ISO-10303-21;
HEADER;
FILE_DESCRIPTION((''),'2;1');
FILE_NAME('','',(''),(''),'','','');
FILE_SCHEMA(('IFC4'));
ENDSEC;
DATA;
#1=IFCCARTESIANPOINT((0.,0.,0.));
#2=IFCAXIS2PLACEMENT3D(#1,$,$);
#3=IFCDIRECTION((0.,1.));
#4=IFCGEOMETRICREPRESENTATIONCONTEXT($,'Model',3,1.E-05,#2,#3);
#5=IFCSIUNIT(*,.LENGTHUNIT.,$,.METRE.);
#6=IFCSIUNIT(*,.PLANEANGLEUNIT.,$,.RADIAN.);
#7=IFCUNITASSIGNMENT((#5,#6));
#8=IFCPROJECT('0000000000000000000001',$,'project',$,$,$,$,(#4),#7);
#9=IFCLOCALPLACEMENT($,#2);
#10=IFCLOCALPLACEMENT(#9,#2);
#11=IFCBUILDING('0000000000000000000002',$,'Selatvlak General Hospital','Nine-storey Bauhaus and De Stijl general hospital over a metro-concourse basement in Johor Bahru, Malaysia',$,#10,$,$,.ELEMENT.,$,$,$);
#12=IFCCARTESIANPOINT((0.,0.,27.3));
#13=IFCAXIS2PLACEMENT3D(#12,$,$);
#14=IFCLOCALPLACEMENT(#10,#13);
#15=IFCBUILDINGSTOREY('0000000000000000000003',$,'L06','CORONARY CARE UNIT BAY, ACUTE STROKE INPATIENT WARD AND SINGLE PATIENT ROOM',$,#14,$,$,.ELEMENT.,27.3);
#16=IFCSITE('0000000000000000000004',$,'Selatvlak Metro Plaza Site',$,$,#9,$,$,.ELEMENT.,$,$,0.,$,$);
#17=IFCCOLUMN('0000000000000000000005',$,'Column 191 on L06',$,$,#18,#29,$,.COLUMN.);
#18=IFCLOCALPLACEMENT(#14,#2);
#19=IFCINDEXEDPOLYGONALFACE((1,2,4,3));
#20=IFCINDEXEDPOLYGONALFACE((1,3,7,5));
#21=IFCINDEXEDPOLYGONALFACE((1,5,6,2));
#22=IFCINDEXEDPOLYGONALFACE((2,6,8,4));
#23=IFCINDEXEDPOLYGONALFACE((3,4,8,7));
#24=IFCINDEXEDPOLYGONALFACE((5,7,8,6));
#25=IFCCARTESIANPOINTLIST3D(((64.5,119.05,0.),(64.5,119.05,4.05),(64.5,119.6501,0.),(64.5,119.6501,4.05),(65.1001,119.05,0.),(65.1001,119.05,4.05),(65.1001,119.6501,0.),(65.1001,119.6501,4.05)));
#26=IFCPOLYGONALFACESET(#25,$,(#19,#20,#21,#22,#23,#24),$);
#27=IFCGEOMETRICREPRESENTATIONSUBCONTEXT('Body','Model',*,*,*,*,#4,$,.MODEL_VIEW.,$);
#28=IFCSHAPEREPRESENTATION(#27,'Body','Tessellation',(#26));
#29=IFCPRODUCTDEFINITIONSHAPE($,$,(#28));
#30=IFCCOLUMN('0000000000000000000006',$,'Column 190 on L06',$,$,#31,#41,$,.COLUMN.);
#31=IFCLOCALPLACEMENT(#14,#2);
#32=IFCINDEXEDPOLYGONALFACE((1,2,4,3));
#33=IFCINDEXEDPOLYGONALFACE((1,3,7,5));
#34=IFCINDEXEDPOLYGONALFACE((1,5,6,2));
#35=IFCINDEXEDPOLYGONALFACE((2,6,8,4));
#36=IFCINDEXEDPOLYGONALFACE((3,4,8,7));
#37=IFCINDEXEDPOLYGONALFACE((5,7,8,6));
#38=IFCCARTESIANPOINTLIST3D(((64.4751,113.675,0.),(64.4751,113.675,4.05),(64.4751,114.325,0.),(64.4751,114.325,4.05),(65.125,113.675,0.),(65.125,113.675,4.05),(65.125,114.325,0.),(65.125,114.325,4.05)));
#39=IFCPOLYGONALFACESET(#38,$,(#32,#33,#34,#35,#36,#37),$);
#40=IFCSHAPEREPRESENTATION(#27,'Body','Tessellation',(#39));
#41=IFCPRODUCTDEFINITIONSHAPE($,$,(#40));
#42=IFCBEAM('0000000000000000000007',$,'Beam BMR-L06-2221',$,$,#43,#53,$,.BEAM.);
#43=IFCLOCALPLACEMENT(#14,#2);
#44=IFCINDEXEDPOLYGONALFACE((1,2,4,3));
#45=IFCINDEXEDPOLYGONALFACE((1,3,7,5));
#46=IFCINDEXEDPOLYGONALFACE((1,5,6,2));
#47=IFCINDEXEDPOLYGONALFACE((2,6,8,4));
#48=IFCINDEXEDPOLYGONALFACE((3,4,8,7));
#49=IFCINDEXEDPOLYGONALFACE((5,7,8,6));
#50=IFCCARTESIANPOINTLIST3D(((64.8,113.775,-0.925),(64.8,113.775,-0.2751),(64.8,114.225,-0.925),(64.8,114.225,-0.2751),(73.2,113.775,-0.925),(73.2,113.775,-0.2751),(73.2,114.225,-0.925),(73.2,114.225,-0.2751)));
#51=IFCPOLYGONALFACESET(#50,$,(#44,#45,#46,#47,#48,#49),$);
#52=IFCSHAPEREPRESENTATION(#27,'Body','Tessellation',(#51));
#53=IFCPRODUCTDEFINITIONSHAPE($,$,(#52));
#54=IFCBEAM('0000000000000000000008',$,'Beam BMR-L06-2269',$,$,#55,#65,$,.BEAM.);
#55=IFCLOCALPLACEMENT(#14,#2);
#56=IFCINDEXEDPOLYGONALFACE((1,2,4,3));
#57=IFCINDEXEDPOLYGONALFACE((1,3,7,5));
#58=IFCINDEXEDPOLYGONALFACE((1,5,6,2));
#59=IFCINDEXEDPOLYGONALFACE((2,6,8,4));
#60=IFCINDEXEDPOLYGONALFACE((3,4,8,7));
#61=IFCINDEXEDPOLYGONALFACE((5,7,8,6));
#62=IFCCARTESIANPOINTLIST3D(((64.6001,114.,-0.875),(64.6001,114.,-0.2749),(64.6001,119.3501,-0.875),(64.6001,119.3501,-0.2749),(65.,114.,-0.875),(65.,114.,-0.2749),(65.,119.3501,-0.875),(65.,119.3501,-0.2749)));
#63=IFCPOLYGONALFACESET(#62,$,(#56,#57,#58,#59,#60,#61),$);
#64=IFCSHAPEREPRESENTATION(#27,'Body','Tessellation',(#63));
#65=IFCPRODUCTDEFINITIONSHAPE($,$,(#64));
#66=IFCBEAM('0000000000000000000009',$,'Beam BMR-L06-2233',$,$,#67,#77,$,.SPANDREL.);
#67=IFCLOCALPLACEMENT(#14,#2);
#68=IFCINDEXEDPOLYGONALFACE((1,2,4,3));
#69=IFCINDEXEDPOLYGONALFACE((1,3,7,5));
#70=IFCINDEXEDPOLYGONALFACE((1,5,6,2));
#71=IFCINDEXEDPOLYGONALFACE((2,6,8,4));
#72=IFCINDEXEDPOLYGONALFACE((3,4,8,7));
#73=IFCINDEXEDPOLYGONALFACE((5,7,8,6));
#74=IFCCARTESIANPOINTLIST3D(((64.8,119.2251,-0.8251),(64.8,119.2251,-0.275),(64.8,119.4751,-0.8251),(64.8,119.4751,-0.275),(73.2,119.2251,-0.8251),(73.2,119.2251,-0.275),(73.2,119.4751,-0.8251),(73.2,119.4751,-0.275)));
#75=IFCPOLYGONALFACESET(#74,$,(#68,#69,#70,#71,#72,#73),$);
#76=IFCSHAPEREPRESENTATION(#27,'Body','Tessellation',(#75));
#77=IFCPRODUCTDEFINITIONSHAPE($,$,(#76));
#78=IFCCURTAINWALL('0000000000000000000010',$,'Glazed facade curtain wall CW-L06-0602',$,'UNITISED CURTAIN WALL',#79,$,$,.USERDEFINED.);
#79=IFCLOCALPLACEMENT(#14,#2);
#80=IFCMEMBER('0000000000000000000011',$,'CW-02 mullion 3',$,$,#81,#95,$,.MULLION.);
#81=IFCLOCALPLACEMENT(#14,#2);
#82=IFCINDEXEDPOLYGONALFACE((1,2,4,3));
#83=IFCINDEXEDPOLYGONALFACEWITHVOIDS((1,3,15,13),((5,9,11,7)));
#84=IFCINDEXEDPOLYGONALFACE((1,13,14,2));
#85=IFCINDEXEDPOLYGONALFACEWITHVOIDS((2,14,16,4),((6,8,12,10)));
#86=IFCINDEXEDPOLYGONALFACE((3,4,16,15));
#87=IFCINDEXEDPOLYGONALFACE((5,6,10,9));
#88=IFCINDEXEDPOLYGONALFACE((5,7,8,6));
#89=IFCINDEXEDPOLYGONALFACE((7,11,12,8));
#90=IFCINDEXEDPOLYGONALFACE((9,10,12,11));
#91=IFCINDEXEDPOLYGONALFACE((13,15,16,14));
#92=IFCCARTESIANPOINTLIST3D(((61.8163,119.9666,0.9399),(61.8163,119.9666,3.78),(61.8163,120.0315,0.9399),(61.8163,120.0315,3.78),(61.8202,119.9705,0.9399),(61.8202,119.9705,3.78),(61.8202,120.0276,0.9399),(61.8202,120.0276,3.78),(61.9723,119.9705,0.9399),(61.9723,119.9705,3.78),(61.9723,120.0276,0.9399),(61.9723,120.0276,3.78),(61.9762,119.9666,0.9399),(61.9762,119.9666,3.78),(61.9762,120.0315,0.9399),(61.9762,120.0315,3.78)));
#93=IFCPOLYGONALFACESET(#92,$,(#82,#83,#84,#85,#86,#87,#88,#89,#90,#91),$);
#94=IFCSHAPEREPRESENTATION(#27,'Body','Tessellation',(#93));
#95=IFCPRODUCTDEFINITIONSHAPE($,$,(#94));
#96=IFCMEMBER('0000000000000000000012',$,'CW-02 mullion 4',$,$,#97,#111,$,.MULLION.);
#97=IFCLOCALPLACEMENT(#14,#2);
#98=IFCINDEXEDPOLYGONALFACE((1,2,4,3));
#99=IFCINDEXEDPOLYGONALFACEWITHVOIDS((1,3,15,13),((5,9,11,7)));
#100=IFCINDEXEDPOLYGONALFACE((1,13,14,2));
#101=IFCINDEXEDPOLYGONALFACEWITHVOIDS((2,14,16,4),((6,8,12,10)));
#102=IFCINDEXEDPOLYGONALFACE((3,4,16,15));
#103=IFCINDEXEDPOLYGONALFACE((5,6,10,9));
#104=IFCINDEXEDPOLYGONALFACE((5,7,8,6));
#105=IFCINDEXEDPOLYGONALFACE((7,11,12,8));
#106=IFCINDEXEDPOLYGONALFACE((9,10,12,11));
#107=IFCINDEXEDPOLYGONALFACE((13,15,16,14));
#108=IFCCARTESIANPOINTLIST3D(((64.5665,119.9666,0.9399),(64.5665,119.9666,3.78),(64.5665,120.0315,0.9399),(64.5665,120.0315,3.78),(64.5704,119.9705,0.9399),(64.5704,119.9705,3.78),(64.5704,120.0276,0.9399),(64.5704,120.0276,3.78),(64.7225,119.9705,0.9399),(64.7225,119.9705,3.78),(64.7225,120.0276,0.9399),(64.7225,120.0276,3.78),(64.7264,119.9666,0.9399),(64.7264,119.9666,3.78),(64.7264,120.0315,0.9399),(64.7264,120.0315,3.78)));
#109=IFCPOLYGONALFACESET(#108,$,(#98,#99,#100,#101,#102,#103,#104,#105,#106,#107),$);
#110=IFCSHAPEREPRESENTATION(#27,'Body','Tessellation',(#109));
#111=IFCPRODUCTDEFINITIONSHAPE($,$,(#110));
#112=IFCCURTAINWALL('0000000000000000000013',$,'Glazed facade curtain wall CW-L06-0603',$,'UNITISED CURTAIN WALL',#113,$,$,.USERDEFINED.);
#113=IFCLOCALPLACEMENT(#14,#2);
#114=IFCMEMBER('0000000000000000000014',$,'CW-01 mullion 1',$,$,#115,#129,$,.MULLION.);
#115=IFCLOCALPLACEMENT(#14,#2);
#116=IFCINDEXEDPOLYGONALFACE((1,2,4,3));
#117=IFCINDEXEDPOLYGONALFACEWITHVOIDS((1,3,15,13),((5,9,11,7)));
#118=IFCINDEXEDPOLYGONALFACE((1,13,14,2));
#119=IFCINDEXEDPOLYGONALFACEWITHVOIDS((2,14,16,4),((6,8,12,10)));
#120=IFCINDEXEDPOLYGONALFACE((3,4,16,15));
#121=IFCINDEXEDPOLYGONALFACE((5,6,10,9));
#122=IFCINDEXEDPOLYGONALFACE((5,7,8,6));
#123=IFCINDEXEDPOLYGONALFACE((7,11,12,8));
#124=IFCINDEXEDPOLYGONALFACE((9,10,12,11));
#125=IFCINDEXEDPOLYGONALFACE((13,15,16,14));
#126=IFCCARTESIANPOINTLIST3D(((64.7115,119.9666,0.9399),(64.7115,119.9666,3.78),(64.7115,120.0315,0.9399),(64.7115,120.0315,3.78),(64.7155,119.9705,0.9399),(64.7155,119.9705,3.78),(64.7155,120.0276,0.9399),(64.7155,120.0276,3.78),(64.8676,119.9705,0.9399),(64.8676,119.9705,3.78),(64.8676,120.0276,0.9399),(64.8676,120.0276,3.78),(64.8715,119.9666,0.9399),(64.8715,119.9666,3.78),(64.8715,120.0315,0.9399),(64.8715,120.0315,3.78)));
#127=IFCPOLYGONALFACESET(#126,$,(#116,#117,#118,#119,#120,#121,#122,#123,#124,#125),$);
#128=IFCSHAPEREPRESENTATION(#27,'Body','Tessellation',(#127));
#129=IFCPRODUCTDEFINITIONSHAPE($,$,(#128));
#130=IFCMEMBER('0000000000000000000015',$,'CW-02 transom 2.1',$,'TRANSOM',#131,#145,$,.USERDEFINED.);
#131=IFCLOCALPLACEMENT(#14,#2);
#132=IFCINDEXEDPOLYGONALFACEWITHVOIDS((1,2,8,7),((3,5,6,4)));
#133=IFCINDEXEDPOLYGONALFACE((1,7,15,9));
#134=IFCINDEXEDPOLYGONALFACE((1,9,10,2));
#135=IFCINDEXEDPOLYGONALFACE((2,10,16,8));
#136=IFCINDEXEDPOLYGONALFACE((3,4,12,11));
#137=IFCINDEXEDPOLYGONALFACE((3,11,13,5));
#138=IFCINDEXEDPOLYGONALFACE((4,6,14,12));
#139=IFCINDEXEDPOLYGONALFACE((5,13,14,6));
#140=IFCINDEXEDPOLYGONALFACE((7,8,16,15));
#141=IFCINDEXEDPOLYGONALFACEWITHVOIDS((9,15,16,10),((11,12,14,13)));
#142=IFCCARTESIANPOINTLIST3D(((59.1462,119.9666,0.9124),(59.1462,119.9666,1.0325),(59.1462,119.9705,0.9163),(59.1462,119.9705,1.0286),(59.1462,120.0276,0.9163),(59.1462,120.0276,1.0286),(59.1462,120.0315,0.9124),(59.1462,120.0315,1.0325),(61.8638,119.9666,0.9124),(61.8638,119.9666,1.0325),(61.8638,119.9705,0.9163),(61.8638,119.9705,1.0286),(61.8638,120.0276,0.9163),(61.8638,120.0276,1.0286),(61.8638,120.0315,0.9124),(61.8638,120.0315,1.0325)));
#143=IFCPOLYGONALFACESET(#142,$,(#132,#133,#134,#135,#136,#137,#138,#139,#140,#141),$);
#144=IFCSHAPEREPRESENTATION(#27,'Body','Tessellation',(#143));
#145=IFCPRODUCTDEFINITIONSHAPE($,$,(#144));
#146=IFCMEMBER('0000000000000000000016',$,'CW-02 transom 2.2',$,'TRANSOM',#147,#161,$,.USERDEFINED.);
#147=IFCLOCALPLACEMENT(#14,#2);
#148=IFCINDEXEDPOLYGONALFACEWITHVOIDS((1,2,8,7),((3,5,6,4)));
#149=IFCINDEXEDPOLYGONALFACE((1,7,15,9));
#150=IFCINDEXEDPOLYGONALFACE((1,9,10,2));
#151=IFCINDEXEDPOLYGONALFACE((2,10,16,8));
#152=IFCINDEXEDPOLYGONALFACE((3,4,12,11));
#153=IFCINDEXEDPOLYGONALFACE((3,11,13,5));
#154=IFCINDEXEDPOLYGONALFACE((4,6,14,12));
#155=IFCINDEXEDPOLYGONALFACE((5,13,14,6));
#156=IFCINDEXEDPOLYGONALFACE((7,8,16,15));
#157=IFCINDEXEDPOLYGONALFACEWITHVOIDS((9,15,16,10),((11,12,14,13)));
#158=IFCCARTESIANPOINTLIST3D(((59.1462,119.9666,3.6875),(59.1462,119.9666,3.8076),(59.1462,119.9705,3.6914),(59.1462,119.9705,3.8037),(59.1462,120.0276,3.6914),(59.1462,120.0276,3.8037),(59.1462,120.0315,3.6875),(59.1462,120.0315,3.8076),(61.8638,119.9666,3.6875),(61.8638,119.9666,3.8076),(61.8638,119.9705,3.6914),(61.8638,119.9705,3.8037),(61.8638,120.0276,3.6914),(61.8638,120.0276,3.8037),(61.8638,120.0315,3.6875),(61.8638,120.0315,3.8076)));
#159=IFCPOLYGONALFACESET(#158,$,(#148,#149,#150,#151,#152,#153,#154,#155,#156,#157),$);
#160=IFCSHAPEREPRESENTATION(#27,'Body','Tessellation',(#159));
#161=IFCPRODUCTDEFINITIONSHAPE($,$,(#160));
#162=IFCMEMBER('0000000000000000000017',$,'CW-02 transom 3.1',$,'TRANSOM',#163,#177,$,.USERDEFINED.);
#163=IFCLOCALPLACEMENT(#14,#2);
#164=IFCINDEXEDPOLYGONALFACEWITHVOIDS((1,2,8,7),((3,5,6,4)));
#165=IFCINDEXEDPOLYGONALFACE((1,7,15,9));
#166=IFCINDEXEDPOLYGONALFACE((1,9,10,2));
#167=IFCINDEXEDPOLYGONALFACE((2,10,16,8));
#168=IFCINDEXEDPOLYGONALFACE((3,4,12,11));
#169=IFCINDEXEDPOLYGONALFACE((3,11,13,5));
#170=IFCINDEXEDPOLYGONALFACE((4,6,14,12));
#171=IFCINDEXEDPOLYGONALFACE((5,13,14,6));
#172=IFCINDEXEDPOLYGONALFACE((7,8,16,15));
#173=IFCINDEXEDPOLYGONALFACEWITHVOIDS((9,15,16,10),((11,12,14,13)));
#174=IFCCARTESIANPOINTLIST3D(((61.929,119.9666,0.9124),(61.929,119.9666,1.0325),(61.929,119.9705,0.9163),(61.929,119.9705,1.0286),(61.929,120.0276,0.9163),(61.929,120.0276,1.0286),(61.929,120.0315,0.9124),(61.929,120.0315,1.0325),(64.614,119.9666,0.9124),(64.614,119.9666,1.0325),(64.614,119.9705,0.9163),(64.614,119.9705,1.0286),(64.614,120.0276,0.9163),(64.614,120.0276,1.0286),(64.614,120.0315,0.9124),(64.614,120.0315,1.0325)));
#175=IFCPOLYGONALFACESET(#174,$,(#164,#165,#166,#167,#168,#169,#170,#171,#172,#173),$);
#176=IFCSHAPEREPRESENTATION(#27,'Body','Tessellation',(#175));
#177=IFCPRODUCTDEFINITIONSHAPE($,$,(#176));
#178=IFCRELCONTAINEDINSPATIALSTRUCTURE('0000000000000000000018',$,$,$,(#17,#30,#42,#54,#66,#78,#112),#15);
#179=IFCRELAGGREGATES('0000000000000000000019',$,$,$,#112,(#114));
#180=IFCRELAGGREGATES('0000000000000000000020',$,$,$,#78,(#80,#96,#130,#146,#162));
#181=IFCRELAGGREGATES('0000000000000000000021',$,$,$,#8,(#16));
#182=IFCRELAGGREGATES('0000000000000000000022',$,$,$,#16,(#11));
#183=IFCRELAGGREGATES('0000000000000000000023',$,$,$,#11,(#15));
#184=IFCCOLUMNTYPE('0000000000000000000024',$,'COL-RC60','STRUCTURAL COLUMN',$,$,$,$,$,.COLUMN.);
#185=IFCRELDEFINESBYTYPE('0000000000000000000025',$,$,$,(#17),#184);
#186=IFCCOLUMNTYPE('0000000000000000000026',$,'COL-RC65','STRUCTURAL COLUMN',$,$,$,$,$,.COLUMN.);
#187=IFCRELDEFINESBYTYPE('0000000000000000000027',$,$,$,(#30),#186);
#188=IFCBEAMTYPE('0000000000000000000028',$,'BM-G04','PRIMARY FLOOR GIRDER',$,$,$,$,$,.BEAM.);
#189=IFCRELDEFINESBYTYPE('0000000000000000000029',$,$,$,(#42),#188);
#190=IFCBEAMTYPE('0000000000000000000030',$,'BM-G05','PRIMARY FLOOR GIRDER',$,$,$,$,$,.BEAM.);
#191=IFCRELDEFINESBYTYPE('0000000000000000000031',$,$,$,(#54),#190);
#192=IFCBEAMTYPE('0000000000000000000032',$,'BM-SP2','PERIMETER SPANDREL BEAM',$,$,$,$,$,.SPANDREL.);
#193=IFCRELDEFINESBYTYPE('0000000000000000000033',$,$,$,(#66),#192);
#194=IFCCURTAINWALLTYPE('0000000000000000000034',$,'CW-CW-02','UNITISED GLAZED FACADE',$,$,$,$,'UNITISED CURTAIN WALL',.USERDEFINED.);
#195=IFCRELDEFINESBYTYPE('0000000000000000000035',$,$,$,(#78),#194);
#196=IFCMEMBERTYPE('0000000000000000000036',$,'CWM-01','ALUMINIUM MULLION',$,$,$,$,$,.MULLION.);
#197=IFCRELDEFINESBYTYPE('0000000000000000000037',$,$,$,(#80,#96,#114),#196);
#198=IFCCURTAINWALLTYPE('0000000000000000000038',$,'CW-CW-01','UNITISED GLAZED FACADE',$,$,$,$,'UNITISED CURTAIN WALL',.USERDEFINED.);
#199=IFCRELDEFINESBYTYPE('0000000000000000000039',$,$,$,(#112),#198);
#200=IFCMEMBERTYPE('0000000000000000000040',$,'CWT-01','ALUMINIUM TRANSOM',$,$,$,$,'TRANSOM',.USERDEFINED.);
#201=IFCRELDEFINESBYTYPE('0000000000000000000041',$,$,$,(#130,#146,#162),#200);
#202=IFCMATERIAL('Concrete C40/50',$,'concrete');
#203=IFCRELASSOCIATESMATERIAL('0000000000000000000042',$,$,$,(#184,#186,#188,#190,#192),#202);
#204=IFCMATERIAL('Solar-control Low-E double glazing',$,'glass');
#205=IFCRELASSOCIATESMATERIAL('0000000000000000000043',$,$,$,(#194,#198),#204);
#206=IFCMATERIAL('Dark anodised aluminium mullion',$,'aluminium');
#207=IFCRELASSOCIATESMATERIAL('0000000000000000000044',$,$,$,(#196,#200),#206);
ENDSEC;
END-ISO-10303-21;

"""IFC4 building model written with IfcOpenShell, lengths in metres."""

from ifc_helpers import new_model, si_unit, direction, frame, origin, origin_2d, place, context, subcontext, project, spatial, rectangle, hollow_rectangle, extrude, material, material_profile, profile_set, type_object, element, aggregate, save


model = new_model("IFC4")

# Units and contexts
model_context = context("Model", 3, precision=1e-05, world=origin(), true_north=direction((0.0, 1.0)))
body_context = subcontext(model_context, "Body", "Model", "MODEL_VIEW")
ifc_project = project(units=[si_unit("LENGTHUNIT", "METRE"), si_unit("PLANEANGLEUNIT", "RADIAN")], contexts=[model_context])

# Site, building, storey
site_placement = place(None, origin())
site = spatial("IfcSite", under=ifc_project, at=site_placement, Name="Selatvlak Metro Plaza Site", CompositionType="ELEMENT", RefElevation=0.0)
building_placement = place(site_placement, origin())
building = spatial("IfcBuilding", under=site, at=building_placement, Name="Selatvlak General Hospital", Description="Nine-storey Bauhaus and De Stijl general hospital over a metro-concourse basement in Johor Bahru, Malaysia", CompositionType="ELEMENT")
storey_placement = place(building_placement, frame((0.0, 0.0, 27.3)))
storey = spatial("IfcBuildingStorey", under=building, at=storey_placement, Name="L06", Description="CORONARY CARE UNIT BAY, ACUTE STROKE INPATIENT WARD AND SINGLE PATIENT ROOM", CompositionType="ELEMENT", Elevation=27.3)

# Columns
ifc_material_1 = material(Name="Concrete C40/50", Category="concrete")
ifc_material_profile_1 = material_profile(ifc_material_1, rectangle(XDim=0.6001, YDim=0.6001, at=origin_2d()), Name="RC-COL 600x600")
ifc_profile_set_1 = profile_set([ifc_material_profile_1], Name="Concrete C40/50")
column_type_1 = type_object("IfcColumnType", Name="COL-RC60", Description="STRUCTURAL COLUMN", PredefinedType="COLUMN", material=ifc_profile_set_1)
column_1_placement = place(storey_placement, frame((64.8, 119.3501, 0.0), z_axis=(0.0, 0.0, 1.0), x_axis=(1.0, 0.0, 0.0)))
element("IfcColumn", 1, at=column_1_placement, inside=storey, type_object=column_type_1, Name="Column 191 on L06", PredefinedType="COLUMN", context=body_context, shape_type="SweptSolid", body=[
    extrude(rectangle(XDim=0.6001, YDim=0.6001, at=origin_2d()), origin(), (0.0, 0.0, 1.0), 4.05),
])
ifc_material_profile_2 = material_profile(ifc_material_1, rectangle(XDim=0.6499, YDim=0.6499, at=origin_2d()), Name="RC-COL 650x650")
ifc_profile_set_2 = profile_set([ifc_material_profile_2], Name="Concrete C40/50")
column_type_2 = type_object("IfcColumnType", Name="COL-RC65", Description="STRUCTURAL COLUMN", PredefinedType="COLUMN", material=ifc_profile_set_2)
column_2_placement = place(storey_placement, frame((64.8, 114.0, 0.0), z_axis=(0.0, 0.0, 1.0), x_axis=(1.0, 0.0, 0.0)))
element("IfcColumn", 2, at=column_2_placement, inside=storey, type_object=column_type_2, Name="Column 190 on L06", PredefinedType="COLUMN", context=body_context, shape_type="SweptSolid", body=[
    extrude(rectangle(XDim=0.6499, YDim=0.6499, at=origin_2d()), origin(), (0.0, 0.0, 1.0), 4.05),
])

# Beams
ifc_material_profile_3 = material_profile(ifc_material_1, rectangle(XDim=0.45, YDim=0.6499, at=origin_2d()), Name="RC-BM 450x650")
ifc_profile_set_3 = profile_set([ifc_material_profile_3], Name="Concrete C40/50")
beam_type_1 = type_object("IfcBeamType", Name="BM-G04", Description="PRIMARY FLOOR GIRDER", PredefinedType="BEAM", material=ifc_profile_set_3)
beam_1_placement = place(storey_placement, frame((64.8, 114.0, -0.6001), z_axis=(1.0, 0.0, 0.0), x_axis=(0.0, 1.0, 0.0)))
element("IfcBeam", 3, at=beam_1_placement, inside=storey, type_object=beam_type_1, Name="Beam BMR-L06-2221", PredefinedType="BEAM", context=body_context, shape_type="SweptSolid", body=[
    extrude(rectangle(XDim=0.45, YDim=0.6499, at=origin_2d()), origin(), (0.0, 0.0, 1.0), 8.3999),
])
ifc_material_profile_4 = material_profile(ifc_material_1, rectangle(XDim=0.3999, YDim=0.6001, at=origin_2d()), Name="RC-BM 400x600")
ifc_profile_set_4 = profile_set([ifc_material_profile_4], Name="Concrete C40/50")
beam_type_2 = type_object("IfcBeamType", Name="BM-G05", Description="PRIMARY FLOOR GIRDER", PredefinedType="BEAM", material=ifc_profile_set_4)
beam_2_placement = place(storey_placement, frame((64.8, 114.0, -0.575), z_axis=(0.0, 1.0, 0.0), x_axis=(-1.0, 0.0, 0.0)))
element("IfcBeam", 4, at=beam_2_placement, inside=storey, type_object=beam_type_2, Name="Beam BMR-L06-2269", PredefinedType="BEAM", context=body_context, shape_type="SweptSolid", body=[
    extrude(rectangle(XDim=0.3999, YDim=0.6001, at=origin_2d()), origin(), (0.0, 0.0, 1.0), 5.3501),
])
ifc_material_profile_5 = material_profile(ifc_material_1, rectangle(XDim=0.25, YDim=0.55, at=origin_2d()), Name="RC-SP 250x550")
ifc_profile_set_5 = profile_set([ifc_material_profile_5], Name="Concrete C40/50")
beam_type_3 = type_object("IfcBeamType", Name="BM-SP2", Description="PERIMETER SPANDREL BEAM", PredefinedType="SPANDREL", material=ifc_profile_set_5)
beam_3_placement = place(storey_placement, frame((64.8, 119.3501, -0.55), z_axis=(1.0, 0.0, 0.0), x_axis=(0.0, 1.0, 0.0)))
element("IfcBeam", 5, at=beam_3_placement, inside=storey, type_object=beam_type_3, Name="Beam BMR-L06-2233", PredefinedType="SPANDREL", context=body_context, shape_type="SweptSolid", body=[
    extrude(rectangle(XDim=0.25, YDim=0.55, at=origin_2d()), origin(), (0.0, 0.0, 1.0), 8.3999),
])

# Curtain wall, members
ifc_material_2 = material(Name="Solar-control Low-E double glazing", Category="glass")
curtain_wall_type_1 = type_object("IfcCurtainWallType", Name="CW-CW-02", Description="UNITISED GLAZED FACADE", ElementType="UNITISED CURTAIN WALL", PredefinedType="USERDEFINED", material=ifc_material_2)
curtain_wall_1_placement = place(storey_placement, origin())
curtain_wall_1 = element("IfcCurtainWall", 6, at=curtain_wall_1_placement, inside=storey, type_object=curtain_wall_type_1, Name="Glazed facade curtain wall CW-L06-0602", ObjectType="UNITISED CURTAIN WALL", PredefinedType="USERDEFINED")
ifc_material_3 = material(Name="Dark anodised aluminium mullion", Category="aluminium")
ifc_material_profile_6 = material_profile(ifc_material_3, hollow_rectangle(XDim=0.0649, YDim=0.1599, WallThickness=0.0039, at=origin_2d()), Name="AL-MUL 65x160x4")
ifc_profile_set_6 = profile_set([ifc_material_profile_6], Name="Dark anodised aluminium mullion")
member_type_1 = type_object("IfcMemberType", Name="CWM-01", Description="ALUMINIUM MULLION", PredefinedType="MULLION", material=ifc_profile_set_6)
member_1_placement = place(storey_placement, frame((61.8962, 119.999, 0.9399), z_axis=(0.0, 0.0, 1.0), x_axis=(0.0, 1.0, 0.0)))
member_1 = element("IfcMember", 7, at=member_1_placement, type_object=member_type_1, Name="CW-02 mullion 3", PredefinedType="MULLION", context=body_context, shape_type="SweptSolid", body=[
    extrude(hollow_rectangle(XDim=0.0649, YDim=0.1599, WallThickness=0.0039, at=origin_2d()), origin(), (0.0, 0.0, 1.0), 2.8401),
])
member_2_placement = place(storey_placement, frame((64.6465, 119.999, 0.9399), z_axis=(0.0, 0.0, 1.0), x_axis=(0.0, 1.0, 0.0)))
member_2 = element("IfcMember", 8, at=member_2_placement, type_object=member_type_1, Name="CW-02 mullion 4", PredefinedType="MULLION", context=body_context, shape_type="SweptSolid", body=[
    extrude(hollow_rectangle(XDim=0.0649, YDim=0.1599, WallThickness=0.0039, at=origin_2d()), origin(), (0.0, 0.0, 1.0), 2.8401),
])

# Curtain wall, member
curtain_wall_type_2 = type_object("IfcCurtainWallType", Name="CW-CW-01", Description="UNITISED GLAZED FACADE", ElementType="UNITISED CURTAIN WALL", PredefinedType="USERDEFINED", material=ifc_material_2)
curtain_wall_2_placement = place(storey_placement, origin())
curtain_wall_2 = element("IfcCurtainWall", 9, at=curtain_wall_2_placement, inside=storey, type_object=curtain_wall_type_2, Name="Glazed facade curtain wall CW-L06-0603", ObjectType="UNITISED CURTAIN WALL", PredefinedType="USERDEFINED")
member_3_placement = place(storey_placement, frame((64.7915, 119.999, 0.9399), z_axis=(0.0, 0.0, 1.0), x_axis=(0.0, 1.0, 0.0)))
member_3 = element("IfcMember", 10, at=member_3_placement, type_object=member_type_1, Name="CW-01 mullion 1", PredefinedType="MULLION", context=body_context, shape_type="SweptSolid", body=[
    extrude(hollow_rectangle(XDim=0.0649, YDim=0.1599, WallThickness=0.0039, at=origin_2d()), origin(), (0.0, 0.0, 1.0), 2.8401),
])

# Members
ifc_material_profile_7 = material_profile(ifc_material_3, hollow_rectangle(XDim=0.0649, YDim=0.1201, WallThickness=0.0039, at=origin_2d()), Name="AL-TRN 65x120x4")
ifc_profile_set_7 = profile_set([ifc_material_profile_7], Name="Dark anodised aluminium mullion")
member_type_2 = type_object("IfcMemberType", Name="CWT-01", Description="ALUMINIUM TRANSOM", ElementType="TRANSOM", PredefinedType="USERDEFINED", material=ifc_profile_set_7)
member_4_placement = place(storey_placement, frame((59.1462, 119.999, 0.9724), z_axis=(1.0, 0.0, 0.0), x_axis=(0.0, 1.0, 0.0)))
member_4 = element("IfcMember", 11, at=member_4_placement, type_object=member_type_2, Name="CW-02 transom 2.1", ObjectType="TRANSOM", PredefinedType="USERDEFINED", context=body_context, shape_type="SweptSolid", body=[
    extrude(hollow_rectangle(XDim=0.0649, YDim=0.1201, WallThickness=0.0039, at=origin_2d()), origin(), (0.0, 0.0, 1.0), 2.7175),
])
member_5_placement = place(storey_placement, frame((59.1462, 119.999, 3.7476), z_axis=(1.0, 0.0, 0.0), x_axis=(0.0, 1.0, 0.0)))
member_5 = element("IfcMember", 12, at=member_5_placement, type_object=member_type_2, Name="CW-02 transom 2.2", ObjectType="TRANSOM", PredefinedType="USERDEFINED", context=body_context, shape_type="SweptSolid", body=[
    extrude(hollow_rectangle(XDim=0.0649, YDim=0.1201, WallThickness=0.0039, at=origin_2d()), origin(), (0.0, 0.0, 1.0), 2.7175),
])
member_6_placement = place(storey_placement, frame((61.929, 119.999, 0.9724), z_axis=(1.0, 0.0, 0.0), x_axis=(0.0, 1.0, 0.0)))
member_6 = element("IfcMember", 13, at=member_6_placement, type_object=member_type_2, Name="CW-02 transom 3.1", ObjectType="TRANSOM", PredefinedType="USERDEFINED", context=body_context, shape_type="SweptSolid", body=[
    extrude(hollow_rectangle(XDim=0.0649, YDim=0.1201, WallThickness=0.0039, at=origin_2d()), origin(), (0.0, 0.0, 1.0), 2.6851),
])
aggregate(curtain_wall_2, [member_3])

aggregate(curtain_wall_1, [member_1, member_2, member_4, member_5, member_6])

save(model, "model.ifc")
